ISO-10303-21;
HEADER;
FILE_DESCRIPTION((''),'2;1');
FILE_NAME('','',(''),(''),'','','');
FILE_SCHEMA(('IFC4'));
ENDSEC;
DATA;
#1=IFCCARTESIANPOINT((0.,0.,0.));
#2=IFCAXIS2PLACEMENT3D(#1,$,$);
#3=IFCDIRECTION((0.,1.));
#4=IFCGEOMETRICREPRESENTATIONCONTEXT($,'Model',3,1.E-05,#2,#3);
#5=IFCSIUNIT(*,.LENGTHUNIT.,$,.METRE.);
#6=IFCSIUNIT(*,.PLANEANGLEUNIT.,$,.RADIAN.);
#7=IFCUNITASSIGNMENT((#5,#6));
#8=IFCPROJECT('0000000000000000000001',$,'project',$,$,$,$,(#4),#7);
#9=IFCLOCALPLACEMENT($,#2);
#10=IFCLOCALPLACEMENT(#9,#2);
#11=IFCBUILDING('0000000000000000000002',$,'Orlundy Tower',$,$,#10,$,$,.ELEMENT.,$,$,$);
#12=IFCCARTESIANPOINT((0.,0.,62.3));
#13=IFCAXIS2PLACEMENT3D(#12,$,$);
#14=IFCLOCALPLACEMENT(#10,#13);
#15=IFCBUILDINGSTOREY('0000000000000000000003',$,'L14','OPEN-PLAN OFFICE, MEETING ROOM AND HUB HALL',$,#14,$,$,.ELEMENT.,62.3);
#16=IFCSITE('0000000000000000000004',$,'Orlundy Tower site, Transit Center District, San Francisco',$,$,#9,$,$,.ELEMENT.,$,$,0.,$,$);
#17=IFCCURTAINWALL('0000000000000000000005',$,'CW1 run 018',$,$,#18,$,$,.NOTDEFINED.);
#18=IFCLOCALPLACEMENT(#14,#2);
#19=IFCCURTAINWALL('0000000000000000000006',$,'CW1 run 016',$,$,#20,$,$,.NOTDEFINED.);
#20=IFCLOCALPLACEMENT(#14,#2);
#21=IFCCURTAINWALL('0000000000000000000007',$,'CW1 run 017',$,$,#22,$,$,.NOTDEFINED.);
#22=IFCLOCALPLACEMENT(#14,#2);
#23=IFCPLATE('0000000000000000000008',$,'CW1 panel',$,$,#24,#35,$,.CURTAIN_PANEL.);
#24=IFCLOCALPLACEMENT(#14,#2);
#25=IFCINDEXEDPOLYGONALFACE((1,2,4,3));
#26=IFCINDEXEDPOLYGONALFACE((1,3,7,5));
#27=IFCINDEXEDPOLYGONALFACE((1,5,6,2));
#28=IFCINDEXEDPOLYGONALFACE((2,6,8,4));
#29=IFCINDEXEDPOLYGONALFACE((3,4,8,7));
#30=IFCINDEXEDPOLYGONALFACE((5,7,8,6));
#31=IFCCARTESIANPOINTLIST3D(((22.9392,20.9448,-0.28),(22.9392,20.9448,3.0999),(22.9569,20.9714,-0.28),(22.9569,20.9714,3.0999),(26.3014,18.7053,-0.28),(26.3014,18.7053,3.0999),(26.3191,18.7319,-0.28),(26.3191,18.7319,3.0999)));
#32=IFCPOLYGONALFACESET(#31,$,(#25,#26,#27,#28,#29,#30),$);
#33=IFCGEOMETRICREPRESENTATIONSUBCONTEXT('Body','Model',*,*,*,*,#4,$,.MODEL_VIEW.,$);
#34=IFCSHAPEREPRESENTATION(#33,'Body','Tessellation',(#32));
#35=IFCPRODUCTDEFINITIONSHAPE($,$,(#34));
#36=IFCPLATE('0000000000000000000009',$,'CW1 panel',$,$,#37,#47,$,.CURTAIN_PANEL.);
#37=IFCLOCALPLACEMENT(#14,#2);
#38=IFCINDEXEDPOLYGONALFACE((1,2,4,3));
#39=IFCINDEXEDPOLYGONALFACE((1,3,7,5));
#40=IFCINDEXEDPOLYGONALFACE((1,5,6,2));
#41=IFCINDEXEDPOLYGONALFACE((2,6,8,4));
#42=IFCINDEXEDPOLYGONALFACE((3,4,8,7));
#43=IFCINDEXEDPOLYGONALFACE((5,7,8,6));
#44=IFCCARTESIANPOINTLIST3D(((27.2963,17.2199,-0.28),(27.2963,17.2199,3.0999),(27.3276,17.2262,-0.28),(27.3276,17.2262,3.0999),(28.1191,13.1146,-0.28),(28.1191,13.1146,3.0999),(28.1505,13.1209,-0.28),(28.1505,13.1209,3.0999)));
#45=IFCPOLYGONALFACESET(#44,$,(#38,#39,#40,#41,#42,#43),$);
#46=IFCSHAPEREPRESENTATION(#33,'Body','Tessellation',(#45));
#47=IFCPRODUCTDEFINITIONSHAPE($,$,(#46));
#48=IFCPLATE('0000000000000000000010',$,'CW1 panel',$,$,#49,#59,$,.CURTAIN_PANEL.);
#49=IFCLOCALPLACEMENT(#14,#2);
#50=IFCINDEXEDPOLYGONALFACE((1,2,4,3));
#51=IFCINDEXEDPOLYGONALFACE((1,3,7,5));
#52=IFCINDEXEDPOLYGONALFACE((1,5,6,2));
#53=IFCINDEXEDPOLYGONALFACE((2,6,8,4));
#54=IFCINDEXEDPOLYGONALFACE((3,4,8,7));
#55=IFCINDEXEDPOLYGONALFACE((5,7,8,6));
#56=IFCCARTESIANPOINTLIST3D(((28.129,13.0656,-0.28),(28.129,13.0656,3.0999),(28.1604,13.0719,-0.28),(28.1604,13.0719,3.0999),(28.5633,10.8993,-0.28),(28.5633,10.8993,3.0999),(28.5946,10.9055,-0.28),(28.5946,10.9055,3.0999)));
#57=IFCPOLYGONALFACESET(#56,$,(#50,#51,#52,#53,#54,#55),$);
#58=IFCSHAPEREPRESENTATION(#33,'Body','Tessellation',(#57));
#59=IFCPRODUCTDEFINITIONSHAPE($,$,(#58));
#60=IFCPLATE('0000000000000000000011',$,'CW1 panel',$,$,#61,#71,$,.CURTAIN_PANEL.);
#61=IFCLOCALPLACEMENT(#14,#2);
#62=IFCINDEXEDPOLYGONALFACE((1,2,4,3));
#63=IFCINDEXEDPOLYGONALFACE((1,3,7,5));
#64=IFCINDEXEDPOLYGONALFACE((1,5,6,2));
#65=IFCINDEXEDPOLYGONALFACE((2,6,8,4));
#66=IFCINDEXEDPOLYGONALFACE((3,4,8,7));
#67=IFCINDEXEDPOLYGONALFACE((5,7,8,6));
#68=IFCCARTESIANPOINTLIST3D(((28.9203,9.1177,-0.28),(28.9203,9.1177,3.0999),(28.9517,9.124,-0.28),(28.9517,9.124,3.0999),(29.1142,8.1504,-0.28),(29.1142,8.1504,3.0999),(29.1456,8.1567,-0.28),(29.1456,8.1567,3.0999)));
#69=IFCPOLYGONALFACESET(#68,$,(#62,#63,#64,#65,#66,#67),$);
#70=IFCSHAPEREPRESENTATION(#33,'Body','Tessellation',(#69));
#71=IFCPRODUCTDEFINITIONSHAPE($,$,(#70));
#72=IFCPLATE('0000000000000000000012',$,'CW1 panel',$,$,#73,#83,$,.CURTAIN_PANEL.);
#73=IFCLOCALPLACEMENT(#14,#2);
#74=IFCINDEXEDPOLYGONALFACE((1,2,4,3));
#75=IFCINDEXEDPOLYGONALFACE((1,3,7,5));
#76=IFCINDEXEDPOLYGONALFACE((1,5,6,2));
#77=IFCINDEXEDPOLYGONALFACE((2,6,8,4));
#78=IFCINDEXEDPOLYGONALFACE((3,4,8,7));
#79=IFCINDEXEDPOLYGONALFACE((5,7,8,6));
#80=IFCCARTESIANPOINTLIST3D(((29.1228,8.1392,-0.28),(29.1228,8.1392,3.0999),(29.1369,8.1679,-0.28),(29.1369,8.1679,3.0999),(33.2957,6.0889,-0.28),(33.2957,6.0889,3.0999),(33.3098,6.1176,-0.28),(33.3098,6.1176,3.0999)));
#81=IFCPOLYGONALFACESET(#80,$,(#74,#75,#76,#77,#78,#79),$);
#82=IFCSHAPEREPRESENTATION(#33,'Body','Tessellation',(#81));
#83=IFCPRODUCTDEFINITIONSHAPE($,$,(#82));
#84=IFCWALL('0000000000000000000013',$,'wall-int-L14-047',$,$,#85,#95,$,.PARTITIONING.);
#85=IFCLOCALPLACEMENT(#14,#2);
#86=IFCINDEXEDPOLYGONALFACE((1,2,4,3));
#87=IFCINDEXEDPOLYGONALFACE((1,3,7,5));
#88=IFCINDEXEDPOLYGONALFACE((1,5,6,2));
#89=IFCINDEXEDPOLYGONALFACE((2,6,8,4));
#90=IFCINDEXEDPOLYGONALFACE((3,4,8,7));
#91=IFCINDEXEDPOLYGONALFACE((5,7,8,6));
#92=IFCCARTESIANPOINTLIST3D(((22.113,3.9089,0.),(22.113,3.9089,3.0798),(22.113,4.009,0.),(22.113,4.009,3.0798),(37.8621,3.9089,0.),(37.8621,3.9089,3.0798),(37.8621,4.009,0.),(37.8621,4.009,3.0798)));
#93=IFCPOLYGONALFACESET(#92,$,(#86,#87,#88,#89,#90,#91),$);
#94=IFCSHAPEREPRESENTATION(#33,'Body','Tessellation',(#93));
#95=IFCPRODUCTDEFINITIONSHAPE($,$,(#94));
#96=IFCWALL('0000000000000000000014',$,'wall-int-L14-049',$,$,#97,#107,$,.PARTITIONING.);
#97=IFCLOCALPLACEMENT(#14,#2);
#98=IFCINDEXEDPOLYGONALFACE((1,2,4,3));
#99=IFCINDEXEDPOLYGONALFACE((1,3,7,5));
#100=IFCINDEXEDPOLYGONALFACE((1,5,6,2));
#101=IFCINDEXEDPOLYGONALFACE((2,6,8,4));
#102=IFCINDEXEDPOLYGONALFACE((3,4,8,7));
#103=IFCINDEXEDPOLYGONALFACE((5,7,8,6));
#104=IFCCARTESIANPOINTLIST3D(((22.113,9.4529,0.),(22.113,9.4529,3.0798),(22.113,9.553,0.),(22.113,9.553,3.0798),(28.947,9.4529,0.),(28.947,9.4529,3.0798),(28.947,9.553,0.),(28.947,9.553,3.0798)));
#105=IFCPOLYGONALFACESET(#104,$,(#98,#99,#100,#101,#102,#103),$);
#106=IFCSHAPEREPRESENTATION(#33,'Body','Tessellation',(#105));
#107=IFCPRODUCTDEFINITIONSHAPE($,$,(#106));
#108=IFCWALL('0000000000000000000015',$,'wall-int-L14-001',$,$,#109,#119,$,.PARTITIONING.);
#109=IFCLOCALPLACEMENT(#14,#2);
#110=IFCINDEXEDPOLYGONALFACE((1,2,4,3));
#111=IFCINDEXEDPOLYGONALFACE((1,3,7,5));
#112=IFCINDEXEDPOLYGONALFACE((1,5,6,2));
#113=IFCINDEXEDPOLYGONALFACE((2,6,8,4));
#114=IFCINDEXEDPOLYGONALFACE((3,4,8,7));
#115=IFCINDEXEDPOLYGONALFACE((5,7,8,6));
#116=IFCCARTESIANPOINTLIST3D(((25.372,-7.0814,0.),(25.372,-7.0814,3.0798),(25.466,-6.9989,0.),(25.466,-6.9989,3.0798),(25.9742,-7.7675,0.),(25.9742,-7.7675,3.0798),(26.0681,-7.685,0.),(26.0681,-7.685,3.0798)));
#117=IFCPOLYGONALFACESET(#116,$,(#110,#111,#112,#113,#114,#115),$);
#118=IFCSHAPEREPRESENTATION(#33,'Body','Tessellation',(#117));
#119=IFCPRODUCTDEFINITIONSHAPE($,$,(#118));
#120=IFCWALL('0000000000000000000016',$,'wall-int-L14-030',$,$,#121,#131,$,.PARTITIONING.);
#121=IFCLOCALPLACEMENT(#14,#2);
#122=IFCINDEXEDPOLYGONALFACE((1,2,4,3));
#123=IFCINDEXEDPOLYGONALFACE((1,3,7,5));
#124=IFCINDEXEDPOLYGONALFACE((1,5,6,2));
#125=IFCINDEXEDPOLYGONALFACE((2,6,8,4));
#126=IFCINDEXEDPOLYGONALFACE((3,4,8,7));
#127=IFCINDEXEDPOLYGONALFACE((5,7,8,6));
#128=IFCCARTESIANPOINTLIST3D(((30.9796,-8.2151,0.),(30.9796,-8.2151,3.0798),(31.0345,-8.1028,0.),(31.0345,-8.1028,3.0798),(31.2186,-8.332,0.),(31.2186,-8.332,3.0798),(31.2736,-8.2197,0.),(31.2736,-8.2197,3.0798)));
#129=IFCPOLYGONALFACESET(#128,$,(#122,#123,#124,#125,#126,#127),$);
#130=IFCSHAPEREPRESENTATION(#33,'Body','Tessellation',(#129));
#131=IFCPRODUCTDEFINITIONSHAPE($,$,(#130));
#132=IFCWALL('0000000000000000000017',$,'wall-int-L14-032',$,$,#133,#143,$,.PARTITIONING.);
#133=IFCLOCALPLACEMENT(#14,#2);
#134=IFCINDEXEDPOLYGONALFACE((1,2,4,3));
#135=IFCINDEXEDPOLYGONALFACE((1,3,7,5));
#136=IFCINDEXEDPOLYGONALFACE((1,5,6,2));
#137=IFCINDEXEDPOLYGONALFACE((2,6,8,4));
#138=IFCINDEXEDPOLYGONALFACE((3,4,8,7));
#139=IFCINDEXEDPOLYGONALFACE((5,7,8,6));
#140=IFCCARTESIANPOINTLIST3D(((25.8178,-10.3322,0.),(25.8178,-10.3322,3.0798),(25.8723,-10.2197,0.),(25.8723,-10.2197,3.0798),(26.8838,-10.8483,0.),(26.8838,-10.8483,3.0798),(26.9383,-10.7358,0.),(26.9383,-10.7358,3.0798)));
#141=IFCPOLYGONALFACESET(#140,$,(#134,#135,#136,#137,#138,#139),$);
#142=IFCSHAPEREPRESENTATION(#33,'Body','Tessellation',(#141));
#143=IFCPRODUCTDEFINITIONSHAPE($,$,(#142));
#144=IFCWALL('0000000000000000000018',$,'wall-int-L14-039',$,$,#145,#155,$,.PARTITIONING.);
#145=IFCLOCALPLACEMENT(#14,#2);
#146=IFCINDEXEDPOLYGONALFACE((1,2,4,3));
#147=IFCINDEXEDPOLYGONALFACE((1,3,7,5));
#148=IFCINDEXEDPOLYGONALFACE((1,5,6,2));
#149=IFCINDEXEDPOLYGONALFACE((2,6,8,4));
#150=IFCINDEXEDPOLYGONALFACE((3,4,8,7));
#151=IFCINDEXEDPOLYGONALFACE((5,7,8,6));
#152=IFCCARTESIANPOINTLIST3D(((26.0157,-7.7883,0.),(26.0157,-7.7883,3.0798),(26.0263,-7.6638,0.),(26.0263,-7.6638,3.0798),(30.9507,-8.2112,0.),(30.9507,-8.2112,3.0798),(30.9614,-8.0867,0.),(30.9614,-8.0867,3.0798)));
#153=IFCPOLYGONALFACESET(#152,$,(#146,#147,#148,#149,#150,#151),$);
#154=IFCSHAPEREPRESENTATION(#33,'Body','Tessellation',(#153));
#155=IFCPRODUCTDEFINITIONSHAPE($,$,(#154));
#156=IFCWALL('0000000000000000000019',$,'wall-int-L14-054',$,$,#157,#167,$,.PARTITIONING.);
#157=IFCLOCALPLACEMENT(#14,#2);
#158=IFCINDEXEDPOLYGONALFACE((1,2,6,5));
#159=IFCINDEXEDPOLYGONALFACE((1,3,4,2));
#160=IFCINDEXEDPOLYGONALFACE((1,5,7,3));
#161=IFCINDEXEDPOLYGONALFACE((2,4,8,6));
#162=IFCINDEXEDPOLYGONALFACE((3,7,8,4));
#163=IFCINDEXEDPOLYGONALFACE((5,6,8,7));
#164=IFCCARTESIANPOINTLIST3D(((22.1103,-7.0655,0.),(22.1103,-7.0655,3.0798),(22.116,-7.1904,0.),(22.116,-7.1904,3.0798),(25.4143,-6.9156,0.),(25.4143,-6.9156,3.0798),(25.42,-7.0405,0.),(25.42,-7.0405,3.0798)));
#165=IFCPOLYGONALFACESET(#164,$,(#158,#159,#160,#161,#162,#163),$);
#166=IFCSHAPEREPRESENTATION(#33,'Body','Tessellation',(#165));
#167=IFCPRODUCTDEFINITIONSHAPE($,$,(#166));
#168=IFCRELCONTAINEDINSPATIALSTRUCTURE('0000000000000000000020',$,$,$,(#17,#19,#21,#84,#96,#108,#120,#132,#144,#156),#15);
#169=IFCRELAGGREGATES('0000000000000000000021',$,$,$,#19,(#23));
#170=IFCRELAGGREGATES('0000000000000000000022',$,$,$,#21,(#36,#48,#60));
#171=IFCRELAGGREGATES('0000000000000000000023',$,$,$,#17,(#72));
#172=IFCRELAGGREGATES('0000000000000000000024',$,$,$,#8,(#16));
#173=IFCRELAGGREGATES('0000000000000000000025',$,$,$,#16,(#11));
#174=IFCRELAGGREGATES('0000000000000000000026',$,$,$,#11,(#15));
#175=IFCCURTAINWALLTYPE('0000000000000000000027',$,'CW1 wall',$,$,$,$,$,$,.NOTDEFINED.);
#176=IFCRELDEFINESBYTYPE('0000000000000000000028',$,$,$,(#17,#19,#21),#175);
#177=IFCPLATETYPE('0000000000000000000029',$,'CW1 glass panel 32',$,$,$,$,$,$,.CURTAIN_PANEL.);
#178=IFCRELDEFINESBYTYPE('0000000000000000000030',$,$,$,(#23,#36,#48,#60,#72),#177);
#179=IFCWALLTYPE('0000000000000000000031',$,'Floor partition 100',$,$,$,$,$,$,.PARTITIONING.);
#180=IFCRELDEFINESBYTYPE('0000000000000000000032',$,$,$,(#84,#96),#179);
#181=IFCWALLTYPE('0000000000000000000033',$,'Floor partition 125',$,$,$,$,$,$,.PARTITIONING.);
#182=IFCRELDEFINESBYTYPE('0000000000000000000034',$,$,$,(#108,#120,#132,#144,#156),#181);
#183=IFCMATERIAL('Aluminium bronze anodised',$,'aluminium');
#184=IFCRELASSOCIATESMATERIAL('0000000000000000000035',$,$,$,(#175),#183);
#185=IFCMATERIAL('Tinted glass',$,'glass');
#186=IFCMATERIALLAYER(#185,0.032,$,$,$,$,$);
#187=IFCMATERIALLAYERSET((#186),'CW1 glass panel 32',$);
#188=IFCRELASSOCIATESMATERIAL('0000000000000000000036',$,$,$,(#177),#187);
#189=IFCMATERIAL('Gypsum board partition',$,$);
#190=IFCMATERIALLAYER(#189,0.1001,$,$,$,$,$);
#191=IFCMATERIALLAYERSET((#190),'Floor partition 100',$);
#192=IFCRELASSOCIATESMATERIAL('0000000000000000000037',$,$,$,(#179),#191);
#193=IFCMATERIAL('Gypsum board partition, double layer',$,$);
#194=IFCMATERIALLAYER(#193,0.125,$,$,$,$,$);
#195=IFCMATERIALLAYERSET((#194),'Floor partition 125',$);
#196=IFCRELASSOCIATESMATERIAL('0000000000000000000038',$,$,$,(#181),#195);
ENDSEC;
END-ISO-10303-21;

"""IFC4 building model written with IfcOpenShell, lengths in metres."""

from ifc_helpers import new_model, si_unit, direction, frame, frame_2d, origin, origin_2d, place, context, subcontext, project, spatial, rectangle, extrude, material, layer, layer_set, type_object, element, aggregate, save


model = new_model("IFC4")

# Units and contexts
model_context = context("Model", 3, precision=1e-05, world=origin(), true_north=direction((0.0, 1.0)))
body_context = subcontext(model_context, "Body", "Model", "MODEL_VIEW")
ifc_project = project(units=[si_unit("LENGTHUNIT", "METRE"), si_unit("PLANEANGLEUNIT", "RADIAN")], contexts=[model_context])

# Site, building, storey
site_placement = place(None, origin())
site = spatial("IfcSite", under=ifc_project, at=site_placement, Name="Orlundy Tower site, Transit Center District, San Francisco", CompositionType="ELEMENT", RefElevation=0.0)
building_placement = place(site_placement, origin())
building = spatial("IfcBuilding", under=site, at=building_placement, Name="Orlundy Tower", CompositionType="ELEMENT")
storey_placement = place(building_placement, frame((0.0, 0.0, 62.3)))
storey = spatial("IfcBuildingStorey", under=building, at=storey_placement, Name="L14", Description="OPEN-PLAN OFFICE, MEETING ROOM AND HUB HALL", CompositionType="ELEMENT", Elevation=62.3)

# Curtain wall
ifc_material_1 = material(Name="Aluminium bronze anodised", Category="aluminium")
curtain_wall_type = type_object("IfcCurtainWallType", Name="CW1 wall", PredefinedType="NOTDEFINED", material=ifc_material_1)
curtain_wall_1_placement = place(storey_placement, origin())
curtain_wall_1 = element("IfcCurtainWall", 1, at=curtain_wall_1_placement, inside=storey, type_object=curtain_wall_type, Name="CW1 run 018", PredefinedType="NOTDEFINED")

# Curtain wall
curtain_wall_2_placement = place(storey_placement, origin())
curtain_wall_2 = element("IfcCurtainWall", 2, at=curtain_wall_2_placement, inside=storey, type_object=curtain_wall_type, Name="CW1 run 016", PredefinedType="NOTDEFINED")

# Curtain wall
curtain_wall_3_placement = place(storey_placement, origin())
curtain_wall_3 = element("IfcCurtainWall", 3, at=curtain_wall_3_placement, inside=storey, type_object=curtain_wall_type, Name="CW1 run 017", PredefinedType="NOTDEFINED")

# Plates
ifc_material_2 = material(Name="Tinted glass", Category="glass")
ifc_layer_1 = layer(ifc_material_2, 0.032)
ifc_layer_set_1 = layer_set([ifc_layer_1], Name="CW1 glass panel 32")
plate_type = type_object("IfcPlateType", Name="CW1 glass panel 32", PredefinedType="CURTAIN_PANEL", material=ifc_layer_set_1)
plate_1_placement = place(storey_placement, frame((24.6292, 19.8384, -0.28), z_axis=(0.0, 0.0, 1.0), x_axis=(0.832279, -0.554357, 0.0)))
plate_1 = element("IfcPlate", 4, at=plate_1_placement, type_object=plate_type, Name="CW1 panel", PredefinedType="CURTAIN_PANEL", context=body_context, shape_type="SweptSolid", body=[
    extrude(rectangle(XDim=4.0398, YDim=0.032, at=origin_2d()), origin(), (0.0, 0.0, 1.0), 3.3799),
])
aggregate(curtain_wall_2, [plate_1])
plate_2_placement = place(storey_placement, frame((27.7234, 15.1704, -0.28), z_axis=(0.0, 0.0, 1.0), x_axis=(0.196529, -0.980498, 0.0)))
plate_2 = element("IfcPlate", 5, at=plate_2_placement, type_object=plate_type, Name="CW1 panel", PredefinedType="CURTAIN_PANEL", context=body_context, shape_type="SweptSolid", body=[
    extrude(rectangle(XDim=4.187, YDim=0.032, at=origin_2d()), origin(), (0.0, 0.0, 1.0), 3.3799),
])
plate_3_placement = place(storey_placement, frame((28.3618, 11.9856, -0.28), z_axis=(0.0, 0.0, 1.0), x_axis=(0.196529, -0.980498, 0.0)))
plate_3 = element("IfcPlate", 6, at=plate_3_placement, type_object=plate_type, Name="CW1 panel", PredefinedType="CURTAIN_PANEL", context=body_context, shape_type="SweptSolid", body=[
    extrude(rectangle(XDim=2.2095, YDim=0.032, at=origin_2d()), origin(), (0.0, 0.0, 1.0), 3.3799),
])
plate_4_placement = place(storey_placement, frame((29.033, 8.6372, -0.28), z_axis=(0.0, 0.0, 1.0), x_axis=(0.196529, -0.980498, 0.0)))
plate_4 = element("IfcPlate", 7, at=plate_4_placement, type_object=plate_type, Name="CW1 panel", PredefinedType="CURTAIN_PANEL", context=body_context, shape_type="SweptSolid", body=[
    extrude(rectangle(XDim=0.9866, YDim=0.032, at=origin_2d()), origin(), (0.0, 0.0, 1.0), 3.3799),
])
aggregate(curtain_wall_3, [plate_2, plate_3, plate_4])
plate_5_placement = place(storey_placement, frame((31.2163, 7.1284, -0.28), z_axis=(0.0, 0.0, 1.0), x_axis=(0.897518, -0.440978, 0.0)))
plate_5 = element("IfcPlate", 8, at=plate_5_placement, type_object=plate_type, Name="CW1 panel", PredefinedType="CURTAIN_PANEL", context=body_context, shape_type="SweptSolid", body=[
    extrude(rectangle(XDim=4.6494, YDim=0.032, at=origin_2d()), origin(), (0.0, 0.0, 1.0), 3.3799),
])
aggregate(curtain_wall_1, [plate_5])

# Walls
ifc_material_3 = material(Name="Gypsum board partition")
ifc_layer_2 = layer(ifc_material_3, 0.1001)
ifc_layer_set_2 = layer_set([ifc_layer_2], Name="Floor partition 100")
wall_type_1 = type_object("IfcWallType", Name="Floor partition 100", PredefinedType="PARTITIONING", material=ifc_layer_set_2)
wall_1_placement = place(storey_placement, frame((22.113, 3.959, 0.0), z_axis=(0.0, 0.0, 1.0), x_axis=(1.0, 0.0, 0.0)))
element("IfcWall", 9, at=wall_1_placement, inside=storey, type_object=wall_type_1, Name="wall-int-L14-047", PredefinedType="PARTITIONING", context=body_context, shape_type="SweptSolid", body=[
    extrude(rectangle(XDim=15.749, YDim=0.1001, at=frame_2d((7.8745, 0.0))), origin(), (0.0, 0.0, 1.0), 3.0798),
])
wall_2_placement = place(storey_placement, frame((22.113, 9.5029, 0.0), z_axis=(0.0, 0.0, 1.0), x_axis=(1.0, 0.0, 0.0)))
element("IfcWall", 10, at=wall_2_placement, inside=storey, type_object=wall_type_1, Name="wall-int-L14-049", PredefinedType="PARTITIONING", context=body_context, shape_type="SweptSolid", body=[
    extrude(rectangle(XDim=6.834, YDim=0.1001, at=frame_2d((3.417, 0.0))), origin(), (0.0, 0.0, 1.0), 3.0798),
])
ifc_material_4 = material(Name="Gypsum board partition, double layer")
ifc_layer_3 = layer(ifc_material_4, 0.125)
ifc_layer_set_3 = layer_set([ifc_layer_3], Name="Floor partition 125")
wall_type_2 = type_object("IfcWallType", Name="Floor partition 125", PredefinedType="PARTITIONING", material=ifc_layer_set_3)
wall_3_placement = place(storey_placement, frame((25.4189, -7.04, 0.0), z_axis=(0.0, 0.0, 1.0), x_axis=(0.659602, -0.751615, 0.0)))
element("IfcWall", 11, at=wall_3_placement, inside=storey, type_object=wall_type_2, Name="wall-int-L14-001", PredefinedType="PARTITIONING", context=body_context, shape_type="SweptSolid", body=[
    extrude(rectangle(XDim=0.9128, YDim=0.125, at=frame_2d((0.4565, 0.0))), origin(), (0.0, 0.0, 1.0), 3.0798),
])
wall_4_placement = place(storey_placement, frame((31.0071, -8.1589, 0.0), z_axis=(0.0, 0.0, 1.0), x_axis=(0.898248, -0.43949, 0.0)))
element("IfcWall", 12, at=wall_4_placement, inside=storey, type_object=wall_type_2, Name="wall-int-L14-030", PredefinedType="PARTITIONING", context=body_context, shape_type="SweptSolid", body=[
    extrude(rectangle(XDim=0.2661, YDim=0.125, at=frame_2d((0.1331, 0.0))), origin(), (0.0, 0.0, 1.0), 3.0798),
])
wall_5_placement = place(storey_placement, frame((25.845, -10.2759, 0.0), z_axis=(0.0, 0.0, 1.0), x_axis=(0.900045, -0.435798, 0.0)))
element("IfcWall", 13, at=wall_5_placement, inside=storey, type_object=wall_type_2, Name="wall-int-L14-032", PredefinedType="PARTITIONING", context=body_context, shape_type="SweptSolid", body=[
    extrude(rectangle(XDim=1.1843, YDim=0.125, at=frame_2d((0.5923, 0.0))), origin(), (0.0, 0.0, 1.0), 3.0798),
])
wall_6_placement = place(storey_placement, frame((26.021, -7.7261, 0.0), z_axis=(0.0, 0.0, 1.0), x_axis=(0.996349, -0.08537, 0.0)))
element("IfcWall", 14, at=wall_6_placement, inside=storey, type_object=wall_type_2, Name="wall-int-L14-039", PredefinedType="PARTITIONING", context=body_context, shape_type="SweptSolid", body=[
    extrude(rectangle(XDim=4.9531, YDim=0.125, at=frame_2d((2.4766, 0.0))), origin(), (0.0, 0.0, 1.0), 3.0798),
])
wall_7_placement = place(storey_placement, frame((22.113, -7.1279, 0.0), z_axis=(0.0, 0.0, 1.0), x_axis=(0.998972, 0.045324, 0.0)))
element("IfcWall", 15, at=wall_7_placement, inside=storey, type_object=wall_type_2, Name="wall-int-L14-054", PredefinedType="PARTITIONING", context=body_context, shape_type="SweptSolid", body=[
    extrude(rectangle(XDim=3.3074, YDim=0.125, at=frame_2d((1.6538, 0.0))), origin(), (0.0, 0.0, 1.0), 3.0798),
])

save(model, "model.ifc")
